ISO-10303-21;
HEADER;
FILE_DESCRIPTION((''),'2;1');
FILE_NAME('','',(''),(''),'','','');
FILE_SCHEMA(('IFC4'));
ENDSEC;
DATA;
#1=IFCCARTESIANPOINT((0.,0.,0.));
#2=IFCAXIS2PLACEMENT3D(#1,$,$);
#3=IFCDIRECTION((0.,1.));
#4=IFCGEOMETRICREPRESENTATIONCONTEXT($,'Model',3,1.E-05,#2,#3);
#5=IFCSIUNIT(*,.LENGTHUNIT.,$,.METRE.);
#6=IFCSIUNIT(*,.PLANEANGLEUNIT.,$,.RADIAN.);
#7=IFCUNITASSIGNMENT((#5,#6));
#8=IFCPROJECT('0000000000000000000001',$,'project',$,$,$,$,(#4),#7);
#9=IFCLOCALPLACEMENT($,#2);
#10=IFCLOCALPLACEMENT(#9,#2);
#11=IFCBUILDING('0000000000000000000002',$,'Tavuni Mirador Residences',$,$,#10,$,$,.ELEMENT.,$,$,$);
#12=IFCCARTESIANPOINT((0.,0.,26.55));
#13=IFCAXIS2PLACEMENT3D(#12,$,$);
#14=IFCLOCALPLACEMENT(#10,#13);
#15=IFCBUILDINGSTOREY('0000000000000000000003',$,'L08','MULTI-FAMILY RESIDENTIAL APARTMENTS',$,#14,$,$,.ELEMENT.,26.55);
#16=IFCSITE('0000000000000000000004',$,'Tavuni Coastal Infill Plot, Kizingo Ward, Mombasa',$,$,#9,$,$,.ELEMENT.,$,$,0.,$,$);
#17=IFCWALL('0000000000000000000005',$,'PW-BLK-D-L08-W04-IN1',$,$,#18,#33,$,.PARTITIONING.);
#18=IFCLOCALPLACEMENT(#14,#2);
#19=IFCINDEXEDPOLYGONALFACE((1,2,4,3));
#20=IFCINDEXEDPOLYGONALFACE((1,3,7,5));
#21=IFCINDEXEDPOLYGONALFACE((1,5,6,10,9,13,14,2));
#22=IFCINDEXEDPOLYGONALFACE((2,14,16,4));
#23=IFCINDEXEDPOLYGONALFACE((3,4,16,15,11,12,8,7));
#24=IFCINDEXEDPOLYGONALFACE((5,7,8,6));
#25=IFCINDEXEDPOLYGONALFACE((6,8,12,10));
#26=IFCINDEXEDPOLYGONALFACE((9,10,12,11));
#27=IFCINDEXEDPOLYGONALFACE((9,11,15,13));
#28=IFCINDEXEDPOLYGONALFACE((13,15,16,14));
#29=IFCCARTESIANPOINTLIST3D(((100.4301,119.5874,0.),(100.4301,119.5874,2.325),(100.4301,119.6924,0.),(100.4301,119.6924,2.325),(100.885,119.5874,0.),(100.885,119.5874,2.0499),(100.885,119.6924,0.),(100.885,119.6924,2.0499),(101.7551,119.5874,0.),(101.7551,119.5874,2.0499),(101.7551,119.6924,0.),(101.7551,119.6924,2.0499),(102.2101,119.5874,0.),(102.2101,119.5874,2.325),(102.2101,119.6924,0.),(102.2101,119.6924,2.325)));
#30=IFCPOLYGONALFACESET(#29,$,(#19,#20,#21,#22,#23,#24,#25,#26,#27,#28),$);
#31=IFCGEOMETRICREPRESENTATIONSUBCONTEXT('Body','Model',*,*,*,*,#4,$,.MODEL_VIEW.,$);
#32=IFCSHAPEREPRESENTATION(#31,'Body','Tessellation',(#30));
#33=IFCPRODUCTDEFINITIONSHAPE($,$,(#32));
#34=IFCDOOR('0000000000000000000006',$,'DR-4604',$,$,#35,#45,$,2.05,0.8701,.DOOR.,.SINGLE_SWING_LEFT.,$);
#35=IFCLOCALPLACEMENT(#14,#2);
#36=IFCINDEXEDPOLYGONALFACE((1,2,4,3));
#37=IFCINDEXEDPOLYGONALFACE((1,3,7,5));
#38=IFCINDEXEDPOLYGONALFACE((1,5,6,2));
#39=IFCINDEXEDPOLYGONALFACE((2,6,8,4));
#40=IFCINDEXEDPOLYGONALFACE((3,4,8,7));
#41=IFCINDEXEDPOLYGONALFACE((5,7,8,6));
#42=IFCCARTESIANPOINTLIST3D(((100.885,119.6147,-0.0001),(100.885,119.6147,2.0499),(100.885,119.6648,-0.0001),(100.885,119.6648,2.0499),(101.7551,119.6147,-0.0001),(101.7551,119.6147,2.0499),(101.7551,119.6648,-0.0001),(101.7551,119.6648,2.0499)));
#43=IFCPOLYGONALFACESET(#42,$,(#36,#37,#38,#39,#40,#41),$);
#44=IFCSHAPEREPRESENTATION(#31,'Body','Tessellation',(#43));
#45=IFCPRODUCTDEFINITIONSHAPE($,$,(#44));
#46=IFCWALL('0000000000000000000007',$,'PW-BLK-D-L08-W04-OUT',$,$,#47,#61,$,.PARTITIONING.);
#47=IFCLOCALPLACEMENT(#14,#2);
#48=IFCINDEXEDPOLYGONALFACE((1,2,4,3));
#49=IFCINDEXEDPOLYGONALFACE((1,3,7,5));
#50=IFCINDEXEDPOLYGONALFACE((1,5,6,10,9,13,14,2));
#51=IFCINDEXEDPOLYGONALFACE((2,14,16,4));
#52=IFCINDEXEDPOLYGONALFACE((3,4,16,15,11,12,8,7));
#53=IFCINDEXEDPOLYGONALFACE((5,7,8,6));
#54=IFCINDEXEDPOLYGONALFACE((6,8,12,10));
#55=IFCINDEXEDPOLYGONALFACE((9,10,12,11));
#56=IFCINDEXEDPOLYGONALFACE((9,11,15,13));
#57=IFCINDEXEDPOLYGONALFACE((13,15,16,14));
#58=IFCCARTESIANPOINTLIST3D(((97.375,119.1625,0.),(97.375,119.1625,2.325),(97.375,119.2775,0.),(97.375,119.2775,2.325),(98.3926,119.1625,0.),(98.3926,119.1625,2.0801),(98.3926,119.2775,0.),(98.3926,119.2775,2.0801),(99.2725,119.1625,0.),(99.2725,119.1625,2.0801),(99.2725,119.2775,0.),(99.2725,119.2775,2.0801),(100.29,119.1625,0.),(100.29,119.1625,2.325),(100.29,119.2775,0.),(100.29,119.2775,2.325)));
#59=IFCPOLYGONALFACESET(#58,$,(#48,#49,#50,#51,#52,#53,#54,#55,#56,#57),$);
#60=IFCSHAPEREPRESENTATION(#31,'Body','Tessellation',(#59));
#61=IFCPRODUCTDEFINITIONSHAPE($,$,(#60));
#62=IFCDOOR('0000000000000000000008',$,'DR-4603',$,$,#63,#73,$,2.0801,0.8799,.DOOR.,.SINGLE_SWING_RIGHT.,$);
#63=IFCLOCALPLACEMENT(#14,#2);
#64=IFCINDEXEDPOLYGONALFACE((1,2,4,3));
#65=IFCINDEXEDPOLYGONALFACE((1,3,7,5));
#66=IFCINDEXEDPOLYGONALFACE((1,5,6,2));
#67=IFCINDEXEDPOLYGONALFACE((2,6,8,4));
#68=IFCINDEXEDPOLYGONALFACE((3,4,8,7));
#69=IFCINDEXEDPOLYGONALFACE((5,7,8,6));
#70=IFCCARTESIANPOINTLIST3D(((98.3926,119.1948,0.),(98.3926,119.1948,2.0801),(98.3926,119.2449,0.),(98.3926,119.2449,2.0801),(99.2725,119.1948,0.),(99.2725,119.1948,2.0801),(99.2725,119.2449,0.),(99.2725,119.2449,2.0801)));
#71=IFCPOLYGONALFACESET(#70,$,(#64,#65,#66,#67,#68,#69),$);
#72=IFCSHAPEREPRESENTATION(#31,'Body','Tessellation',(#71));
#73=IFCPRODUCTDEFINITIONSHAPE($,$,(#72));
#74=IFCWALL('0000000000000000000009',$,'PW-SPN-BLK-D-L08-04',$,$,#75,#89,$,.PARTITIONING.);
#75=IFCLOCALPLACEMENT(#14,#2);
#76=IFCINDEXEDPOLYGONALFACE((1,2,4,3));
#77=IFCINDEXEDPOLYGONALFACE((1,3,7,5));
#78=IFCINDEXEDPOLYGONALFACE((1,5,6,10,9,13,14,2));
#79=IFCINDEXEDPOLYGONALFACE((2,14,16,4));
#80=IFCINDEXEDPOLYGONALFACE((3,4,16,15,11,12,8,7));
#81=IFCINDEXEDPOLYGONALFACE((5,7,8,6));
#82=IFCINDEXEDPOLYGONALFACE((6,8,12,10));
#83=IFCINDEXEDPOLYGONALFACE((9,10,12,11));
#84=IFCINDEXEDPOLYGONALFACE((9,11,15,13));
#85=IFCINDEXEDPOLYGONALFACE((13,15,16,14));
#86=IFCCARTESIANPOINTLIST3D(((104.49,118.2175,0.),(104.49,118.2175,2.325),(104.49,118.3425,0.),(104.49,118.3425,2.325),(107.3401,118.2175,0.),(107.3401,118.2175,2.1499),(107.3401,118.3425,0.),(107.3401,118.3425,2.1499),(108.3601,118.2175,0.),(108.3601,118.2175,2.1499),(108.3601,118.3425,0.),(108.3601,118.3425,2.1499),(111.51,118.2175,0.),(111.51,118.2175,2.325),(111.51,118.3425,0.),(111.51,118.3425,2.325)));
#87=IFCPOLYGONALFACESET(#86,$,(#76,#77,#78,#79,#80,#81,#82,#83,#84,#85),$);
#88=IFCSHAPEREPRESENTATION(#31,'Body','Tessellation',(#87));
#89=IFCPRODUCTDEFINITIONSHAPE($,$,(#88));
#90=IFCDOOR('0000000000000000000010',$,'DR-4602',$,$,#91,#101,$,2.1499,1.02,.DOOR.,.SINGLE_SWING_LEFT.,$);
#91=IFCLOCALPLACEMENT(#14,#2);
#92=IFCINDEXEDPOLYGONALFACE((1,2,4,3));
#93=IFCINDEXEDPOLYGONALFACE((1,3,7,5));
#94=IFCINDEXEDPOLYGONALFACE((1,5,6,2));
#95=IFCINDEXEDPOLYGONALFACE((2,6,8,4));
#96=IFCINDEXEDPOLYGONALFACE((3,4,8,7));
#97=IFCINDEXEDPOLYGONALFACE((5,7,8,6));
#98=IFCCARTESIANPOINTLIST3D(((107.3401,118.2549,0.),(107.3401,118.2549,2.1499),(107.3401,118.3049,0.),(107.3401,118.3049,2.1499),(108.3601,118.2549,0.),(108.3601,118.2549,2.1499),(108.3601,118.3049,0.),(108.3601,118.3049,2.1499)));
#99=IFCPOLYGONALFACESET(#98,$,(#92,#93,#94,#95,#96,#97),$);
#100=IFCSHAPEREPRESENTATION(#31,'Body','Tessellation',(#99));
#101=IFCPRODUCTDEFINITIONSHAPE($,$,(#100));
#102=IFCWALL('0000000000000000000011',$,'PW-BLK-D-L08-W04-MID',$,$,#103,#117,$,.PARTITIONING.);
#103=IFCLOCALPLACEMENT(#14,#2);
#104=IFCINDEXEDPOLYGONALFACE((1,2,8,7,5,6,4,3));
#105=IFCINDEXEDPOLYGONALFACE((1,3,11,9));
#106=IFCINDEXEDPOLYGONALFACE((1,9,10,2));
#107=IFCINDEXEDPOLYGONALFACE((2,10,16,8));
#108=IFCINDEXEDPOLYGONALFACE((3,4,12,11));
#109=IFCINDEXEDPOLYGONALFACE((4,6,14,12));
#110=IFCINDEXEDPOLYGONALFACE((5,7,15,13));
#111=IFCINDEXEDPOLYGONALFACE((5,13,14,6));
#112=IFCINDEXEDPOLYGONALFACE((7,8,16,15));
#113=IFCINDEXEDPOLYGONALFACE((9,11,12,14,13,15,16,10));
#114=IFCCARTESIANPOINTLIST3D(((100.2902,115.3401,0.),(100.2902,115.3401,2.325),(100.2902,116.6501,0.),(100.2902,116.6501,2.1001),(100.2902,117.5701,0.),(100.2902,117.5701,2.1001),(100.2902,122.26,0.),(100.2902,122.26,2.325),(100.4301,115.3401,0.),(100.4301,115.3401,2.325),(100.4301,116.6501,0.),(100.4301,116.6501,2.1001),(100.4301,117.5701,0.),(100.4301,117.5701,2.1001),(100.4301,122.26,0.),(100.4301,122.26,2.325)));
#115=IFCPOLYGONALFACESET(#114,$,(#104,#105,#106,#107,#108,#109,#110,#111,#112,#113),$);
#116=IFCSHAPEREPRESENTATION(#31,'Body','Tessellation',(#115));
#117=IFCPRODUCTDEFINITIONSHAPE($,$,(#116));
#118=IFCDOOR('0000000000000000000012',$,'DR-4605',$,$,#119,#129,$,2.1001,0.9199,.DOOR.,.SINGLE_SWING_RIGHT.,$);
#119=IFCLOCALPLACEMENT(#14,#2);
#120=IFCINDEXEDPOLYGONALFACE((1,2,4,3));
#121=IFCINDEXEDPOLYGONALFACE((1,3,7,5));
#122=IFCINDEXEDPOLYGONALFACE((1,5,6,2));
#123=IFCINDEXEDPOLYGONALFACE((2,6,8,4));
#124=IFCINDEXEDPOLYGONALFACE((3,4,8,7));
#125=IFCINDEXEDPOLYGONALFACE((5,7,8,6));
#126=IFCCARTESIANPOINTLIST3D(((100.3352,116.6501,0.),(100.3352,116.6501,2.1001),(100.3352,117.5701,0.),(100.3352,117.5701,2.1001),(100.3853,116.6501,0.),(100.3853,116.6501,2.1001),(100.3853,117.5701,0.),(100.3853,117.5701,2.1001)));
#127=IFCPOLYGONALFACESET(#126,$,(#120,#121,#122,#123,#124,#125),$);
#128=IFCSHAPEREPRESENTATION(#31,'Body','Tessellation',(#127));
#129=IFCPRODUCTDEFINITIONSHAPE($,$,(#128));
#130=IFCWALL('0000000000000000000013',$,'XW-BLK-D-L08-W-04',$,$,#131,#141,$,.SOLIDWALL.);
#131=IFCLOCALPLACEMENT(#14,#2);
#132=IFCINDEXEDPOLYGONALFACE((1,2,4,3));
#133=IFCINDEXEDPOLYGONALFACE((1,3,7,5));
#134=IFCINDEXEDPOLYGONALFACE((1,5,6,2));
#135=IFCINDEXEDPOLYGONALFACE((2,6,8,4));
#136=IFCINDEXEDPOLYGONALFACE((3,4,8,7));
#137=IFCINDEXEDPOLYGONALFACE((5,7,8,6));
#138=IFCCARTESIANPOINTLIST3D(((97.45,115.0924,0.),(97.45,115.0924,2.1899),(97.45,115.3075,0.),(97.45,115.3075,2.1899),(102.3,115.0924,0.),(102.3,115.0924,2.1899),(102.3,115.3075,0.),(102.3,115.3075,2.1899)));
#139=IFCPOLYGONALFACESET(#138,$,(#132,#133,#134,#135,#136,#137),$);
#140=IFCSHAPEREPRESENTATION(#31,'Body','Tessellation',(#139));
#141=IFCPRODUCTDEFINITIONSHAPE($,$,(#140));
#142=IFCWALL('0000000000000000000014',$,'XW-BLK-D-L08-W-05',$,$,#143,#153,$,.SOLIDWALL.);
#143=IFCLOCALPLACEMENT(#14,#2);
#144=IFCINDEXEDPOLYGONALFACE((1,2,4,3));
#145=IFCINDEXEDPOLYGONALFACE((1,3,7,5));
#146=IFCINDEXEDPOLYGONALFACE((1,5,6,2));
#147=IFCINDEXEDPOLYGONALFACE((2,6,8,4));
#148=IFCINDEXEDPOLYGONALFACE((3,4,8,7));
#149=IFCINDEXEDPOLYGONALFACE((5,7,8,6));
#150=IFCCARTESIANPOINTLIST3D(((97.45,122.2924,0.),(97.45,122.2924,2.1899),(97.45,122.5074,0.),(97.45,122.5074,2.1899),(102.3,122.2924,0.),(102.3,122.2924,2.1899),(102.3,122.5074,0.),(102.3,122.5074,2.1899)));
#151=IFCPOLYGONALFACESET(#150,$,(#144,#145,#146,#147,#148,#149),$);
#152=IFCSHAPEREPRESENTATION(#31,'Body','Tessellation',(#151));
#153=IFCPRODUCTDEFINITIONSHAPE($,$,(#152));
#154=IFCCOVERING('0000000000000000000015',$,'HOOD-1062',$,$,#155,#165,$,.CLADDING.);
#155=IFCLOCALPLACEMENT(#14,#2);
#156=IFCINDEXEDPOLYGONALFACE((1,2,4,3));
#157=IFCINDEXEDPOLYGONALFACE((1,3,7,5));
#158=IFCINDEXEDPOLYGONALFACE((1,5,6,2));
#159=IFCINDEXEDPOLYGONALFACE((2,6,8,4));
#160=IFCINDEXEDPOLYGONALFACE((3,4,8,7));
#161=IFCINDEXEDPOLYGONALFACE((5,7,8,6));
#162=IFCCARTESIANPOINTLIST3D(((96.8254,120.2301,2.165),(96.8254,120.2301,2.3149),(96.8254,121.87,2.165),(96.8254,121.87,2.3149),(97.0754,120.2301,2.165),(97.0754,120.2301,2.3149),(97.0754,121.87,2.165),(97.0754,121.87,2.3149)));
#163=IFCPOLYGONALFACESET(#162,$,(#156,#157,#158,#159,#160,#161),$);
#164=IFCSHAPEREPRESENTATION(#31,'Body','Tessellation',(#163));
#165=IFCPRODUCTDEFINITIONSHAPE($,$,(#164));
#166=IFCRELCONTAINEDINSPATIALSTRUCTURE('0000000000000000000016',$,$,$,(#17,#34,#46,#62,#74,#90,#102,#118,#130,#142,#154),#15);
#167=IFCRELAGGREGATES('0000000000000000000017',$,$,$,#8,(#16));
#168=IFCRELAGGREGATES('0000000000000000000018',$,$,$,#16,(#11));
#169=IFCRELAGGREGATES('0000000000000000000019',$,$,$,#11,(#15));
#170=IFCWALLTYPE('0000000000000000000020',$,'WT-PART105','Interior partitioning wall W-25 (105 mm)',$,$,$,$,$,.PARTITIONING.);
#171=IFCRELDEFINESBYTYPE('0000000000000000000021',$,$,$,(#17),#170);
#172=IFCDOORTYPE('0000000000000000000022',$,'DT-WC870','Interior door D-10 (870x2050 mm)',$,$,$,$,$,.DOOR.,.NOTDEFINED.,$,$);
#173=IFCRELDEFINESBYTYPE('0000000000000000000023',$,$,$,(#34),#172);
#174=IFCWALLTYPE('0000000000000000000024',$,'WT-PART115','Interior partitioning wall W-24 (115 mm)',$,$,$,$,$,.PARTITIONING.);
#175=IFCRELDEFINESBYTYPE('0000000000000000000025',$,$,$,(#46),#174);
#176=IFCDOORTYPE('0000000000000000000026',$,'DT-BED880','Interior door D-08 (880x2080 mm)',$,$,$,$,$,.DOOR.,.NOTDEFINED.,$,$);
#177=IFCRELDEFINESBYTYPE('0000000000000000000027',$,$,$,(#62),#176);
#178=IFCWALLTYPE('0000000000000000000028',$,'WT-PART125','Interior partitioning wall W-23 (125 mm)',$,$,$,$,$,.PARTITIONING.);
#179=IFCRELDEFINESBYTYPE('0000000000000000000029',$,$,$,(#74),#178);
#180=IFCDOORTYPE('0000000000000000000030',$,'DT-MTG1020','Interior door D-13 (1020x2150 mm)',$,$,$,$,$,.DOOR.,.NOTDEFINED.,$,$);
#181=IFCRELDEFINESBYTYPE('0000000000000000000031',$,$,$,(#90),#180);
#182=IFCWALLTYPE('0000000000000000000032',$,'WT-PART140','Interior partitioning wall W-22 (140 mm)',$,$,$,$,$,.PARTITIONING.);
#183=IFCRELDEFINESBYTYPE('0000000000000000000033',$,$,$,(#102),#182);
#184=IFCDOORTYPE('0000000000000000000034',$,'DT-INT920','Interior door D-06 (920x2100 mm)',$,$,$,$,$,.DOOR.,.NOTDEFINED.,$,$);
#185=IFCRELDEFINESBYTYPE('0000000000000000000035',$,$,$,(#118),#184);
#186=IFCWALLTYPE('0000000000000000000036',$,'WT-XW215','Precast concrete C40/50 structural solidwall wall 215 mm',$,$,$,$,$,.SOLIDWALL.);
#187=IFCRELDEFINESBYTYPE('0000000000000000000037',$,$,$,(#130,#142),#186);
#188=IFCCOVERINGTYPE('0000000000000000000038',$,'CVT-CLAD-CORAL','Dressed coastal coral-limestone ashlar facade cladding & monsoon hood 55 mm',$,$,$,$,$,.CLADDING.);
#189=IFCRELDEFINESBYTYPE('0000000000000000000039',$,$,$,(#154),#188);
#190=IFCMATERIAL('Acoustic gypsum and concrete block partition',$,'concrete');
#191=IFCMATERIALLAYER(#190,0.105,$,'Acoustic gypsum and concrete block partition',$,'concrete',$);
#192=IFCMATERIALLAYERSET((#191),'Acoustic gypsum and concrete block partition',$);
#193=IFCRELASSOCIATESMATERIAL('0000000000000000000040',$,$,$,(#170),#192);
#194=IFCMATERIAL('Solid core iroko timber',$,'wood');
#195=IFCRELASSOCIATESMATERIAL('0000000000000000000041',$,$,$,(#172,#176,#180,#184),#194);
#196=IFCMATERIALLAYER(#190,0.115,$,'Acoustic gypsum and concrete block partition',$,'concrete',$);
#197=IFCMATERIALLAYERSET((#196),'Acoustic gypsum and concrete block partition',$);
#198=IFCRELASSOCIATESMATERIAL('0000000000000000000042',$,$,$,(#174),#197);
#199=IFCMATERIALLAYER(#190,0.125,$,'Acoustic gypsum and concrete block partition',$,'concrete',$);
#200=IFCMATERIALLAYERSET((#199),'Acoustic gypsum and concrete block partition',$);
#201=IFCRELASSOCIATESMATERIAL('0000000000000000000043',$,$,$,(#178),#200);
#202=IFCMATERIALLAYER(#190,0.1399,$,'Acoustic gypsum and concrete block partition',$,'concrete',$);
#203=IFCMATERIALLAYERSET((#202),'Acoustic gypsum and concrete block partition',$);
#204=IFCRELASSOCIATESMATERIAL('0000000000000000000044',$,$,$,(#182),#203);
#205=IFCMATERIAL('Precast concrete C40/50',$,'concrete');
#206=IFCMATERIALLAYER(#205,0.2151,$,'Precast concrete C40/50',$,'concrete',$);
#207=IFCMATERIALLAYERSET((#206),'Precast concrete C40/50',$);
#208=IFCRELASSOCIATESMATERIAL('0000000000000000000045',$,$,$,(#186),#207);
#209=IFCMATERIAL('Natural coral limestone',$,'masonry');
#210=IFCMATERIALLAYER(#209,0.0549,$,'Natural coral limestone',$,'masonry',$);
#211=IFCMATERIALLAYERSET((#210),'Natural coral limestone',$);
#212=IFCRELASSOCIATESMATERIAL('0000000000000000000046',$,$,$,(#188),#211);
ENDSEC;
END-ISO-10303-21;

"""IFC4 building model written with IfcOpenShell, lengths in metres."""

from ifc_helpers import new_model, si_unit, direction, frame, frame_2d, origin, origin_2d, place, context, subcontext, project, spatial, rectangle, extrude, material, layer, layer_set, type_object, element, fill, save


model = new_model("IFC4")

# Units and contexts
model_context = context("Model", 3, precision=1e-05, world=origin(), true_north=direction((0.0, 1.0)))
body_context = subcontext(model_context, "Body", "Model", "MODEL_VIEW")
ifc_project = project(units=[si_unit("LENGTHUNIT", "METRE"), si_unit("PLANEANGLEUNIT", "RADIAN")], contexts=[model_context])

# Site, building, storey
site_placement = place(None, origin())
site = spatial("IfcSite", under=ifc_project, at=site_placement, Name="Tavuni Coastal Infill Plot, Kizingo Ward, Mombasa", CompositionType="ELEMENT", RefElevation=0.0)
building_placement = place(site_placement, origin())
building = spatial("IfcBuilding", under=site, at=building_placement, Name="Tavuni Mirador Residences", CompositionType="ELEMENT")
storey_placement = place(building_placement, frame((0.0, 0.0, 26.55)))
storey = spatial("IfcBuildingStorey", under=building, at=storey_placement, Name="L08", Description="MULTI-FAMILY RESIDENTIAL APARTMENTS", CompositionType="ELEMENT", Elevation=26.55)

# Shared definitions
ifc_material_1 = material(Name="Precast concrete C40/50", Category="concrete")

# Shared definitions
ifc_material_2 = material(Name="Solid core iroko timber", Category="wood")

# Walls, openings, doors
ifc_material_3 = material(Name="Acoustic gypsum and concrete block partition", Category="concrete")
ifc_layer_1 = layer(ifc_material_3, 0.105, Name="Acoustic gypsum and concrete block partition", Category="concrete")
ifc_layer_set_1 = layer_set([ifc_layer_1], Name="Acoustic gypsum and concrete block partition")
wall_type_1 = type_object("IfcWallType", Name="WT-PART105", Description="Interior partitioning wall W-25 (105 mm)", PredefinedType="PARTITIONING", material=ifc_layer_set_1)
wall_1_placement = place(storey_placement, frame((100.4299, 119.6399, 0.0), z_axis=(0.0, 0.0, 1.0), x_axis=(1.0, 0.0, 0.0)))
wall_1 = element("IfcWall", 1, at=wall_1_placement, inside=storey, type_object=wall_type_1, Name="PW-BLK-D-L08-W04-IN1", PredefinedType="PARTITIONING", context=body_context, shape_type="SweptSolid", body=[
    extrude(rectangle(XDim=1.78, YDim=0.105, at=frame_2d((0.8901, 0.0))), origin(), (0.0, 0.0, 1.0), 2.325),
])
opening_1_placement = place(wall_1_placement, frame((0.4551, 0.0, 0.0)))
opening_1 = element("IfcOpeningElement", 2, at=opening_1_placement, cuts=wall_1, PredefinedType="OPENING", context=body_context, shape_type="SweptSolid", body=[
    extrude(rectangle(XDim=0.8701, YDim=2.05, at=frame_2d((0.4351, 1.0249))), frame((0.0, 0.0625, 0.0), z_axis=(0.0, -1.0, 0.0), x_axis=(1.0, 0.0, 0.0)), (0.0, 0.0, 1.0), 0.125),
])
door_type_1 = type_object("IfcDoorType", Name="DT-WC870", Description="Interior door D-10 (870x2050 mm)", OperationType="NOTDEFINED", PredefinedType="DOOR", material=ifc_material_2)
door_1_placement = place(opening_1_placement, origin())
door_1 = element("IfcDoor", 3, at=door_1_placement, inside=storey, type_object=door_type_1, Name="DR-4604", OperationType="SINGLE_SWING_LEFT", OverallHeight=2.05, OverallWidth=0.8701, PredefinedType="DOOR", context=body_context, shape_type="SweptSolid", body=[
    extrude(rectangle(XDim=0.8701, YDim=2.05, at=frame_2d((0.4351, 1.0249))), frame((0.0, 0.0249, 0.0), z_axis=(0.0, -1.0, 0.0), x_axis=(1.0, 0.0, 0.0)), (0.0, 0.0, 1.0), 0.05),
])
fill(opening_1, door_1)
ifc_layer_2 = layer(ifc_material_3, 0.115, Name="Acoustic gypsum and concrete block partition", Category="concrete")
ifc_layer_set_2 = layer_set([ifc_layer_2], Name="Acoustic gypsum and concrete block partition")
wall_type_2 = type_object("IfcWallType", Name="WT-PART115", Description="Interior partitioning wall W-24 (115 mm)", PredefinedType="PARTITIONING", material=ifc_layer_set_2)
wall_2_placement = place(storey_placement, frame((97.375, 119.22, 0.0), z_axis=(0.0, 0.0, 1.0), x_axis=(1.0, 0.0, 0.0)))
wall_2 = element("IfcWall", 4, at=wall_2_placement, inside=storey, type_object=wall_type_2, Name="PW-BLK-D-L08-W04-OUT", PredefinedType="PARTITIONING", context=body_context, shape_type="SweptSolid", body=[
    extrude(rectangle(XDim=2.915, YDim=0.115, at=frame_2d((1.4575, 0.0))), origin(), (0.0, 0.0, 1.0), 2.325),
])
opening_2_placement = place(wall_2_placement, frame((1.0176, 0.0, 0.0)))
opening_2 = element("IfcOpeningElement", 5, at=opening_2_placement, cuts=wall_2, PredefinedType="OPENING", context=body_context, shape_type="SweptSolid", body=[
    extrude(rectangle(XDim=0.8799, YDim=2.0801, at=frame_2d((0.4399, 1.04))), frame((0.0, 0.0674, 0.0), z_axis=(0.0, -1.0, 0.0), x_axis=(1.0, 0.0, 0.0)), (0.0, 0.0, 1.0), 0.135),
])
door_type_2 = type_object("IfcDoorType", Name="DT-BED880", Description="Interior door D-08 (880x2080 mm)", OperationType="NOTDEFINED", PredefinedType="DOOR", material=ifc_material_2)
door_2_placement = place(opening_2_placement, origin())
door_2 = element("IfcDoor", 6, at=door_2_placement, inside=storey, type_object=door_type_2, Name="DR-4603", OperationType="SINGLE_SWING_RIGHT", OverallHeight=2.0801, OverallWidth=0.8799, PredefinedType="DOOR", context=body_context, shape_type="SweptSolid", body=[
    extrude(rectangle(XDim=0.8799, YDim=2.0801, at=frame_2d((0.4399, 1.04))), frame((0.0, 0.0249, 0.0), z_axis=(0.0, -1.0, 0.0), x_axis=(1.0, 0.0, 0.0)), (0.0, 0.0, 1.0), 0.05),
])
fill(opening_2, door_2)
ifc_layer_3 = layer(ifc_material_3, 0.125, Name="Acoustic gypsum and concrete block partition", Category="concrete")
ifc_layer_set_3 = layer_set([ifc_layer_3], Name="Acoustic gypsum and concrete block partition")
wall_type_3 = type_object("IfcWallType", Name="WT-PART125", Description="Interior partitioning wall W-23 (125 mm)", PredefinedType="PARTITIONING", material=ifc_layer_set_3)
wall_3_placement = place(storey_placement, frame((104.49, 118.28, 0.0), z_axis=(0.0, 0.0, 1.0), x_axis=(1.0, 0.0, 0.0)))
wall_3 = element("IfcWall", 7, at=wall_3_placement, inside=storey, type_object=wall_type_3, Name="PW-SPN-BLK-D-L08-04", PredefinedType="PARTITIONING", context=body_context, shape_type="SweptSolid", body=[
    extrude(rectangle(XDim=7.02, YDim=0.125, at=frame_2d((3.51, 0.0))), origin(), (0.0, 0.0, 1.0), 2.325),
])
opening_3_placement = place(wall_3_placement, frame((2.8501, 0.0, 0.0)))
opening_3 = element("IfcOpeningElement", 8, at=opening_3_placement, cuts=wall_3, PredefinedType="OPENING", context=body_context, shape_type="SweptSolid", body=[
    extrude(rectangle(XDim=1.02, YDim=2.1499, at=frame_2d((0.51, 1.075))), frame((0.0, 0.0725, 0.0), z_axis=(0.0, -1.0, 0.0), x_axis=(1.0, 0.0, 0.0)), (0.0, 0.0, 1.0), 0.145),
])
door_type_3 = type_object("IfcDoorType", Name="DT-MTG1020", Description="Interior door D-13 (1020x2150 mm)", OperationType="NOTDEFINED", PredefinedType="DOOR", material=ifc_material_2)
door_3_placement = place(opening_3_placement, origin())
door_3 = element("IfcDoor", 9, at=door_3_placement, inside=storey, type_object=door_type_3, Name="DR-4602", OperationType="SINGLE_SWING_LEFT", OverallHeight=2.1499, OverallWidth=1.02, PredefinedType="DOOR", context=body_context, shape_type="SweptSolid", body=[
    extrude(rectangle(XDim=1.02, YDim=2.1499, at=frame_2d((0.51, 1.075))), frame((0.0, 0.0249, 0.0), z_axis=(0.0, -1.0, 0.0), x_axis=(1.0, 0.0, 0.0)), (0.0, 0.0, 1.0), 0.05),
])
fill(opening_3, door_3)
ifc_layer_4 = layer(ifc_material_3, 0.1399, Name="Acoustic gypsum and concrete block partition", Category="concrete")
ifc_layer_set_4 = layer_set([ifc_layer_4], Name="Acoustic gypsum and concrete block partition")
wall_type_4 = type_object("IfcWallType", Name="WT-PART140", Description="Interior partitioning wall W-22 (140 mm)", PredefinedType="PARTITIONING", material=ifc_layer_set_4)
wall_4_placement = place(storey_placement, frame((100.3601, 115.3401, 0.0), z_axis=(0.0, 0.0, 1.0), x_axis=(0.0, 1.0, 0.0)))
wall_4 = element("IfcWall", 10, at=wall_4_placement, inside=storey, type_object=wall_type_4, Name="PW-BLK-D-L08-W04-MID", PredefinedType="PARTITIONING", context=body_context, shape_type="SweptSolid", body=[
    extrude(rectangle(XDim=6.9199, YDim=0.1399, at=frame_2d((3.46, 0.0))), origin(), (0.0, 0.0, 1.0), 2.325),
])
opening_4_placement = place(wall_4_placement, frame((1.3101, 0.0, 0.0)))
opening_4 = element("IfcOpeningElement", 11, at=opening_4_placement, cuts=wall_4, PredefinedType="OPENING", context=body_context, shape_type="SweptSolid", body=[
    extrude(rectangle(XDim=0.9199, YDim=2.1001, at=frame_2d((0.46, 1.05))), frame((0.0, 0.0801, 0.0), z_axis=(0.0, -1.0, 0.0), x_axis=(1.0, 0.0, 0.0)), (0.0, 0.0, 1.0), 0.1599),
])
door_type_4 = type_object("IfcDoorType", Name="DT-INT920", Description="Interior door D-06 (920x2100 mm)", OperationType="NOTDEFINED", PredefinedType="DOOR", material=ifc_material_2)
door_4_placement = place(opening_4_placement, origin())
door_4 = element("IfcDoor", 12, at=door_4_placement, inside=storey, type_object=door_type_4, Name="DR-4605", OperationType="SINGLE_SWING_RIGHT", OverallHeight=2.1001, OverallWidth=0.9199, PredefinedType="DOOR", context=body_context, shape_type="SweptSolid", body=[
    extrude(rectangle(XDim=0.9199, YDim=2.1001, at=frame_2d((0.46, 1.05))), frame((0.0, 0.0249, 0.0), z_axis=(0.0, -1.0, 0.0), x_axis=(1.0, 0.0, 0.0)), (0.0, 0.0, 1.0), 0.05),
])
fill(opening_4, door_4)

# Walls
ifc_layer_5 = layer(ifc_material_1, 0.2151, Name="Precast concrete C40/50", Category="concrete")
ifc_layer_set_5 = layer_set([ifc_layer_5], Name="Precast concrete C40/50")
wall_type_5 = type_object("IfcWallType", Name="WT-XW215", Description="Precast concrete C40/50 structural solidwall wall 215 mm", PredefinedType="SOLIDWALL", material=ifc_layer_set_5)
for number, where, z_axis, x_axis, name in (
    (13, (97.45, 115.2, 0.0), (0.0, 0.0, 1.0), (1.0, 0.0, 0.0), "XW-BLK-D-L08-W-04"),
    (14, (97.45, 122.3999, 0.0), (0.0, 0.0, 1.0), (1.0, 0.0, 0.0), "XW-BLK-D-L08-W-05"),
):
    element("IfcWall", number, at=place(storey_placement, frame(where, z_axis=z_axis, x_axis=x_axis)), inside=storey, type_object=wall_type_5, Name=name, PredefinedType="SOLIDWALL", context=body_context, shape_type="SweptSolid", body=[
        extrude(rectangle(XDim=4.8501, YDim=0.2151, at=frame_2d((2.425, 0.0))), origin(), (0.0, 0.0, 1.0), 2.1899),
    ])

# Covering
ifc_material_4 = material(Name="Natural coral limestone", Category="masonry")
ifc_layer_6 = layer(ifc_material_4, 0.0549, Name="Natural coral limestone", Category="masonry")
ifc_layer_set_6 = layer_set([ifc_layer_6], Name="Natural coral limestone")
covering_type = type_object("IfcCoveringType", Name="CVT-CLAD-CORAL", Description="Dressed coastal coral-limestone ashlar facade cladding & monsoon hood 55 mm", PredefinedType="CLADDING", material=ifc_layer_set_6)
covering_1_placement = place(storey_placement, frame((96.9504, 121.05, 2.165), z_axis=(0.0, 0.0, 1.0), x_axis=(0.0, -1.0, 0.0)))
element("IfcCovering", 15, at=covering_1_placement, inside=storey, type_object=covering_type, Name="HOOD-1062", PredefinedType="CLADDING", context=body_context, shape_type="SweptSolid", body=[
    extrude(rectangle(XDim=1.6399, YDim=0.25, at=origin_2d()), origin(), (0.0, 0.0, 1.0), 0.1499),
])

save(model, "model.ifc")
